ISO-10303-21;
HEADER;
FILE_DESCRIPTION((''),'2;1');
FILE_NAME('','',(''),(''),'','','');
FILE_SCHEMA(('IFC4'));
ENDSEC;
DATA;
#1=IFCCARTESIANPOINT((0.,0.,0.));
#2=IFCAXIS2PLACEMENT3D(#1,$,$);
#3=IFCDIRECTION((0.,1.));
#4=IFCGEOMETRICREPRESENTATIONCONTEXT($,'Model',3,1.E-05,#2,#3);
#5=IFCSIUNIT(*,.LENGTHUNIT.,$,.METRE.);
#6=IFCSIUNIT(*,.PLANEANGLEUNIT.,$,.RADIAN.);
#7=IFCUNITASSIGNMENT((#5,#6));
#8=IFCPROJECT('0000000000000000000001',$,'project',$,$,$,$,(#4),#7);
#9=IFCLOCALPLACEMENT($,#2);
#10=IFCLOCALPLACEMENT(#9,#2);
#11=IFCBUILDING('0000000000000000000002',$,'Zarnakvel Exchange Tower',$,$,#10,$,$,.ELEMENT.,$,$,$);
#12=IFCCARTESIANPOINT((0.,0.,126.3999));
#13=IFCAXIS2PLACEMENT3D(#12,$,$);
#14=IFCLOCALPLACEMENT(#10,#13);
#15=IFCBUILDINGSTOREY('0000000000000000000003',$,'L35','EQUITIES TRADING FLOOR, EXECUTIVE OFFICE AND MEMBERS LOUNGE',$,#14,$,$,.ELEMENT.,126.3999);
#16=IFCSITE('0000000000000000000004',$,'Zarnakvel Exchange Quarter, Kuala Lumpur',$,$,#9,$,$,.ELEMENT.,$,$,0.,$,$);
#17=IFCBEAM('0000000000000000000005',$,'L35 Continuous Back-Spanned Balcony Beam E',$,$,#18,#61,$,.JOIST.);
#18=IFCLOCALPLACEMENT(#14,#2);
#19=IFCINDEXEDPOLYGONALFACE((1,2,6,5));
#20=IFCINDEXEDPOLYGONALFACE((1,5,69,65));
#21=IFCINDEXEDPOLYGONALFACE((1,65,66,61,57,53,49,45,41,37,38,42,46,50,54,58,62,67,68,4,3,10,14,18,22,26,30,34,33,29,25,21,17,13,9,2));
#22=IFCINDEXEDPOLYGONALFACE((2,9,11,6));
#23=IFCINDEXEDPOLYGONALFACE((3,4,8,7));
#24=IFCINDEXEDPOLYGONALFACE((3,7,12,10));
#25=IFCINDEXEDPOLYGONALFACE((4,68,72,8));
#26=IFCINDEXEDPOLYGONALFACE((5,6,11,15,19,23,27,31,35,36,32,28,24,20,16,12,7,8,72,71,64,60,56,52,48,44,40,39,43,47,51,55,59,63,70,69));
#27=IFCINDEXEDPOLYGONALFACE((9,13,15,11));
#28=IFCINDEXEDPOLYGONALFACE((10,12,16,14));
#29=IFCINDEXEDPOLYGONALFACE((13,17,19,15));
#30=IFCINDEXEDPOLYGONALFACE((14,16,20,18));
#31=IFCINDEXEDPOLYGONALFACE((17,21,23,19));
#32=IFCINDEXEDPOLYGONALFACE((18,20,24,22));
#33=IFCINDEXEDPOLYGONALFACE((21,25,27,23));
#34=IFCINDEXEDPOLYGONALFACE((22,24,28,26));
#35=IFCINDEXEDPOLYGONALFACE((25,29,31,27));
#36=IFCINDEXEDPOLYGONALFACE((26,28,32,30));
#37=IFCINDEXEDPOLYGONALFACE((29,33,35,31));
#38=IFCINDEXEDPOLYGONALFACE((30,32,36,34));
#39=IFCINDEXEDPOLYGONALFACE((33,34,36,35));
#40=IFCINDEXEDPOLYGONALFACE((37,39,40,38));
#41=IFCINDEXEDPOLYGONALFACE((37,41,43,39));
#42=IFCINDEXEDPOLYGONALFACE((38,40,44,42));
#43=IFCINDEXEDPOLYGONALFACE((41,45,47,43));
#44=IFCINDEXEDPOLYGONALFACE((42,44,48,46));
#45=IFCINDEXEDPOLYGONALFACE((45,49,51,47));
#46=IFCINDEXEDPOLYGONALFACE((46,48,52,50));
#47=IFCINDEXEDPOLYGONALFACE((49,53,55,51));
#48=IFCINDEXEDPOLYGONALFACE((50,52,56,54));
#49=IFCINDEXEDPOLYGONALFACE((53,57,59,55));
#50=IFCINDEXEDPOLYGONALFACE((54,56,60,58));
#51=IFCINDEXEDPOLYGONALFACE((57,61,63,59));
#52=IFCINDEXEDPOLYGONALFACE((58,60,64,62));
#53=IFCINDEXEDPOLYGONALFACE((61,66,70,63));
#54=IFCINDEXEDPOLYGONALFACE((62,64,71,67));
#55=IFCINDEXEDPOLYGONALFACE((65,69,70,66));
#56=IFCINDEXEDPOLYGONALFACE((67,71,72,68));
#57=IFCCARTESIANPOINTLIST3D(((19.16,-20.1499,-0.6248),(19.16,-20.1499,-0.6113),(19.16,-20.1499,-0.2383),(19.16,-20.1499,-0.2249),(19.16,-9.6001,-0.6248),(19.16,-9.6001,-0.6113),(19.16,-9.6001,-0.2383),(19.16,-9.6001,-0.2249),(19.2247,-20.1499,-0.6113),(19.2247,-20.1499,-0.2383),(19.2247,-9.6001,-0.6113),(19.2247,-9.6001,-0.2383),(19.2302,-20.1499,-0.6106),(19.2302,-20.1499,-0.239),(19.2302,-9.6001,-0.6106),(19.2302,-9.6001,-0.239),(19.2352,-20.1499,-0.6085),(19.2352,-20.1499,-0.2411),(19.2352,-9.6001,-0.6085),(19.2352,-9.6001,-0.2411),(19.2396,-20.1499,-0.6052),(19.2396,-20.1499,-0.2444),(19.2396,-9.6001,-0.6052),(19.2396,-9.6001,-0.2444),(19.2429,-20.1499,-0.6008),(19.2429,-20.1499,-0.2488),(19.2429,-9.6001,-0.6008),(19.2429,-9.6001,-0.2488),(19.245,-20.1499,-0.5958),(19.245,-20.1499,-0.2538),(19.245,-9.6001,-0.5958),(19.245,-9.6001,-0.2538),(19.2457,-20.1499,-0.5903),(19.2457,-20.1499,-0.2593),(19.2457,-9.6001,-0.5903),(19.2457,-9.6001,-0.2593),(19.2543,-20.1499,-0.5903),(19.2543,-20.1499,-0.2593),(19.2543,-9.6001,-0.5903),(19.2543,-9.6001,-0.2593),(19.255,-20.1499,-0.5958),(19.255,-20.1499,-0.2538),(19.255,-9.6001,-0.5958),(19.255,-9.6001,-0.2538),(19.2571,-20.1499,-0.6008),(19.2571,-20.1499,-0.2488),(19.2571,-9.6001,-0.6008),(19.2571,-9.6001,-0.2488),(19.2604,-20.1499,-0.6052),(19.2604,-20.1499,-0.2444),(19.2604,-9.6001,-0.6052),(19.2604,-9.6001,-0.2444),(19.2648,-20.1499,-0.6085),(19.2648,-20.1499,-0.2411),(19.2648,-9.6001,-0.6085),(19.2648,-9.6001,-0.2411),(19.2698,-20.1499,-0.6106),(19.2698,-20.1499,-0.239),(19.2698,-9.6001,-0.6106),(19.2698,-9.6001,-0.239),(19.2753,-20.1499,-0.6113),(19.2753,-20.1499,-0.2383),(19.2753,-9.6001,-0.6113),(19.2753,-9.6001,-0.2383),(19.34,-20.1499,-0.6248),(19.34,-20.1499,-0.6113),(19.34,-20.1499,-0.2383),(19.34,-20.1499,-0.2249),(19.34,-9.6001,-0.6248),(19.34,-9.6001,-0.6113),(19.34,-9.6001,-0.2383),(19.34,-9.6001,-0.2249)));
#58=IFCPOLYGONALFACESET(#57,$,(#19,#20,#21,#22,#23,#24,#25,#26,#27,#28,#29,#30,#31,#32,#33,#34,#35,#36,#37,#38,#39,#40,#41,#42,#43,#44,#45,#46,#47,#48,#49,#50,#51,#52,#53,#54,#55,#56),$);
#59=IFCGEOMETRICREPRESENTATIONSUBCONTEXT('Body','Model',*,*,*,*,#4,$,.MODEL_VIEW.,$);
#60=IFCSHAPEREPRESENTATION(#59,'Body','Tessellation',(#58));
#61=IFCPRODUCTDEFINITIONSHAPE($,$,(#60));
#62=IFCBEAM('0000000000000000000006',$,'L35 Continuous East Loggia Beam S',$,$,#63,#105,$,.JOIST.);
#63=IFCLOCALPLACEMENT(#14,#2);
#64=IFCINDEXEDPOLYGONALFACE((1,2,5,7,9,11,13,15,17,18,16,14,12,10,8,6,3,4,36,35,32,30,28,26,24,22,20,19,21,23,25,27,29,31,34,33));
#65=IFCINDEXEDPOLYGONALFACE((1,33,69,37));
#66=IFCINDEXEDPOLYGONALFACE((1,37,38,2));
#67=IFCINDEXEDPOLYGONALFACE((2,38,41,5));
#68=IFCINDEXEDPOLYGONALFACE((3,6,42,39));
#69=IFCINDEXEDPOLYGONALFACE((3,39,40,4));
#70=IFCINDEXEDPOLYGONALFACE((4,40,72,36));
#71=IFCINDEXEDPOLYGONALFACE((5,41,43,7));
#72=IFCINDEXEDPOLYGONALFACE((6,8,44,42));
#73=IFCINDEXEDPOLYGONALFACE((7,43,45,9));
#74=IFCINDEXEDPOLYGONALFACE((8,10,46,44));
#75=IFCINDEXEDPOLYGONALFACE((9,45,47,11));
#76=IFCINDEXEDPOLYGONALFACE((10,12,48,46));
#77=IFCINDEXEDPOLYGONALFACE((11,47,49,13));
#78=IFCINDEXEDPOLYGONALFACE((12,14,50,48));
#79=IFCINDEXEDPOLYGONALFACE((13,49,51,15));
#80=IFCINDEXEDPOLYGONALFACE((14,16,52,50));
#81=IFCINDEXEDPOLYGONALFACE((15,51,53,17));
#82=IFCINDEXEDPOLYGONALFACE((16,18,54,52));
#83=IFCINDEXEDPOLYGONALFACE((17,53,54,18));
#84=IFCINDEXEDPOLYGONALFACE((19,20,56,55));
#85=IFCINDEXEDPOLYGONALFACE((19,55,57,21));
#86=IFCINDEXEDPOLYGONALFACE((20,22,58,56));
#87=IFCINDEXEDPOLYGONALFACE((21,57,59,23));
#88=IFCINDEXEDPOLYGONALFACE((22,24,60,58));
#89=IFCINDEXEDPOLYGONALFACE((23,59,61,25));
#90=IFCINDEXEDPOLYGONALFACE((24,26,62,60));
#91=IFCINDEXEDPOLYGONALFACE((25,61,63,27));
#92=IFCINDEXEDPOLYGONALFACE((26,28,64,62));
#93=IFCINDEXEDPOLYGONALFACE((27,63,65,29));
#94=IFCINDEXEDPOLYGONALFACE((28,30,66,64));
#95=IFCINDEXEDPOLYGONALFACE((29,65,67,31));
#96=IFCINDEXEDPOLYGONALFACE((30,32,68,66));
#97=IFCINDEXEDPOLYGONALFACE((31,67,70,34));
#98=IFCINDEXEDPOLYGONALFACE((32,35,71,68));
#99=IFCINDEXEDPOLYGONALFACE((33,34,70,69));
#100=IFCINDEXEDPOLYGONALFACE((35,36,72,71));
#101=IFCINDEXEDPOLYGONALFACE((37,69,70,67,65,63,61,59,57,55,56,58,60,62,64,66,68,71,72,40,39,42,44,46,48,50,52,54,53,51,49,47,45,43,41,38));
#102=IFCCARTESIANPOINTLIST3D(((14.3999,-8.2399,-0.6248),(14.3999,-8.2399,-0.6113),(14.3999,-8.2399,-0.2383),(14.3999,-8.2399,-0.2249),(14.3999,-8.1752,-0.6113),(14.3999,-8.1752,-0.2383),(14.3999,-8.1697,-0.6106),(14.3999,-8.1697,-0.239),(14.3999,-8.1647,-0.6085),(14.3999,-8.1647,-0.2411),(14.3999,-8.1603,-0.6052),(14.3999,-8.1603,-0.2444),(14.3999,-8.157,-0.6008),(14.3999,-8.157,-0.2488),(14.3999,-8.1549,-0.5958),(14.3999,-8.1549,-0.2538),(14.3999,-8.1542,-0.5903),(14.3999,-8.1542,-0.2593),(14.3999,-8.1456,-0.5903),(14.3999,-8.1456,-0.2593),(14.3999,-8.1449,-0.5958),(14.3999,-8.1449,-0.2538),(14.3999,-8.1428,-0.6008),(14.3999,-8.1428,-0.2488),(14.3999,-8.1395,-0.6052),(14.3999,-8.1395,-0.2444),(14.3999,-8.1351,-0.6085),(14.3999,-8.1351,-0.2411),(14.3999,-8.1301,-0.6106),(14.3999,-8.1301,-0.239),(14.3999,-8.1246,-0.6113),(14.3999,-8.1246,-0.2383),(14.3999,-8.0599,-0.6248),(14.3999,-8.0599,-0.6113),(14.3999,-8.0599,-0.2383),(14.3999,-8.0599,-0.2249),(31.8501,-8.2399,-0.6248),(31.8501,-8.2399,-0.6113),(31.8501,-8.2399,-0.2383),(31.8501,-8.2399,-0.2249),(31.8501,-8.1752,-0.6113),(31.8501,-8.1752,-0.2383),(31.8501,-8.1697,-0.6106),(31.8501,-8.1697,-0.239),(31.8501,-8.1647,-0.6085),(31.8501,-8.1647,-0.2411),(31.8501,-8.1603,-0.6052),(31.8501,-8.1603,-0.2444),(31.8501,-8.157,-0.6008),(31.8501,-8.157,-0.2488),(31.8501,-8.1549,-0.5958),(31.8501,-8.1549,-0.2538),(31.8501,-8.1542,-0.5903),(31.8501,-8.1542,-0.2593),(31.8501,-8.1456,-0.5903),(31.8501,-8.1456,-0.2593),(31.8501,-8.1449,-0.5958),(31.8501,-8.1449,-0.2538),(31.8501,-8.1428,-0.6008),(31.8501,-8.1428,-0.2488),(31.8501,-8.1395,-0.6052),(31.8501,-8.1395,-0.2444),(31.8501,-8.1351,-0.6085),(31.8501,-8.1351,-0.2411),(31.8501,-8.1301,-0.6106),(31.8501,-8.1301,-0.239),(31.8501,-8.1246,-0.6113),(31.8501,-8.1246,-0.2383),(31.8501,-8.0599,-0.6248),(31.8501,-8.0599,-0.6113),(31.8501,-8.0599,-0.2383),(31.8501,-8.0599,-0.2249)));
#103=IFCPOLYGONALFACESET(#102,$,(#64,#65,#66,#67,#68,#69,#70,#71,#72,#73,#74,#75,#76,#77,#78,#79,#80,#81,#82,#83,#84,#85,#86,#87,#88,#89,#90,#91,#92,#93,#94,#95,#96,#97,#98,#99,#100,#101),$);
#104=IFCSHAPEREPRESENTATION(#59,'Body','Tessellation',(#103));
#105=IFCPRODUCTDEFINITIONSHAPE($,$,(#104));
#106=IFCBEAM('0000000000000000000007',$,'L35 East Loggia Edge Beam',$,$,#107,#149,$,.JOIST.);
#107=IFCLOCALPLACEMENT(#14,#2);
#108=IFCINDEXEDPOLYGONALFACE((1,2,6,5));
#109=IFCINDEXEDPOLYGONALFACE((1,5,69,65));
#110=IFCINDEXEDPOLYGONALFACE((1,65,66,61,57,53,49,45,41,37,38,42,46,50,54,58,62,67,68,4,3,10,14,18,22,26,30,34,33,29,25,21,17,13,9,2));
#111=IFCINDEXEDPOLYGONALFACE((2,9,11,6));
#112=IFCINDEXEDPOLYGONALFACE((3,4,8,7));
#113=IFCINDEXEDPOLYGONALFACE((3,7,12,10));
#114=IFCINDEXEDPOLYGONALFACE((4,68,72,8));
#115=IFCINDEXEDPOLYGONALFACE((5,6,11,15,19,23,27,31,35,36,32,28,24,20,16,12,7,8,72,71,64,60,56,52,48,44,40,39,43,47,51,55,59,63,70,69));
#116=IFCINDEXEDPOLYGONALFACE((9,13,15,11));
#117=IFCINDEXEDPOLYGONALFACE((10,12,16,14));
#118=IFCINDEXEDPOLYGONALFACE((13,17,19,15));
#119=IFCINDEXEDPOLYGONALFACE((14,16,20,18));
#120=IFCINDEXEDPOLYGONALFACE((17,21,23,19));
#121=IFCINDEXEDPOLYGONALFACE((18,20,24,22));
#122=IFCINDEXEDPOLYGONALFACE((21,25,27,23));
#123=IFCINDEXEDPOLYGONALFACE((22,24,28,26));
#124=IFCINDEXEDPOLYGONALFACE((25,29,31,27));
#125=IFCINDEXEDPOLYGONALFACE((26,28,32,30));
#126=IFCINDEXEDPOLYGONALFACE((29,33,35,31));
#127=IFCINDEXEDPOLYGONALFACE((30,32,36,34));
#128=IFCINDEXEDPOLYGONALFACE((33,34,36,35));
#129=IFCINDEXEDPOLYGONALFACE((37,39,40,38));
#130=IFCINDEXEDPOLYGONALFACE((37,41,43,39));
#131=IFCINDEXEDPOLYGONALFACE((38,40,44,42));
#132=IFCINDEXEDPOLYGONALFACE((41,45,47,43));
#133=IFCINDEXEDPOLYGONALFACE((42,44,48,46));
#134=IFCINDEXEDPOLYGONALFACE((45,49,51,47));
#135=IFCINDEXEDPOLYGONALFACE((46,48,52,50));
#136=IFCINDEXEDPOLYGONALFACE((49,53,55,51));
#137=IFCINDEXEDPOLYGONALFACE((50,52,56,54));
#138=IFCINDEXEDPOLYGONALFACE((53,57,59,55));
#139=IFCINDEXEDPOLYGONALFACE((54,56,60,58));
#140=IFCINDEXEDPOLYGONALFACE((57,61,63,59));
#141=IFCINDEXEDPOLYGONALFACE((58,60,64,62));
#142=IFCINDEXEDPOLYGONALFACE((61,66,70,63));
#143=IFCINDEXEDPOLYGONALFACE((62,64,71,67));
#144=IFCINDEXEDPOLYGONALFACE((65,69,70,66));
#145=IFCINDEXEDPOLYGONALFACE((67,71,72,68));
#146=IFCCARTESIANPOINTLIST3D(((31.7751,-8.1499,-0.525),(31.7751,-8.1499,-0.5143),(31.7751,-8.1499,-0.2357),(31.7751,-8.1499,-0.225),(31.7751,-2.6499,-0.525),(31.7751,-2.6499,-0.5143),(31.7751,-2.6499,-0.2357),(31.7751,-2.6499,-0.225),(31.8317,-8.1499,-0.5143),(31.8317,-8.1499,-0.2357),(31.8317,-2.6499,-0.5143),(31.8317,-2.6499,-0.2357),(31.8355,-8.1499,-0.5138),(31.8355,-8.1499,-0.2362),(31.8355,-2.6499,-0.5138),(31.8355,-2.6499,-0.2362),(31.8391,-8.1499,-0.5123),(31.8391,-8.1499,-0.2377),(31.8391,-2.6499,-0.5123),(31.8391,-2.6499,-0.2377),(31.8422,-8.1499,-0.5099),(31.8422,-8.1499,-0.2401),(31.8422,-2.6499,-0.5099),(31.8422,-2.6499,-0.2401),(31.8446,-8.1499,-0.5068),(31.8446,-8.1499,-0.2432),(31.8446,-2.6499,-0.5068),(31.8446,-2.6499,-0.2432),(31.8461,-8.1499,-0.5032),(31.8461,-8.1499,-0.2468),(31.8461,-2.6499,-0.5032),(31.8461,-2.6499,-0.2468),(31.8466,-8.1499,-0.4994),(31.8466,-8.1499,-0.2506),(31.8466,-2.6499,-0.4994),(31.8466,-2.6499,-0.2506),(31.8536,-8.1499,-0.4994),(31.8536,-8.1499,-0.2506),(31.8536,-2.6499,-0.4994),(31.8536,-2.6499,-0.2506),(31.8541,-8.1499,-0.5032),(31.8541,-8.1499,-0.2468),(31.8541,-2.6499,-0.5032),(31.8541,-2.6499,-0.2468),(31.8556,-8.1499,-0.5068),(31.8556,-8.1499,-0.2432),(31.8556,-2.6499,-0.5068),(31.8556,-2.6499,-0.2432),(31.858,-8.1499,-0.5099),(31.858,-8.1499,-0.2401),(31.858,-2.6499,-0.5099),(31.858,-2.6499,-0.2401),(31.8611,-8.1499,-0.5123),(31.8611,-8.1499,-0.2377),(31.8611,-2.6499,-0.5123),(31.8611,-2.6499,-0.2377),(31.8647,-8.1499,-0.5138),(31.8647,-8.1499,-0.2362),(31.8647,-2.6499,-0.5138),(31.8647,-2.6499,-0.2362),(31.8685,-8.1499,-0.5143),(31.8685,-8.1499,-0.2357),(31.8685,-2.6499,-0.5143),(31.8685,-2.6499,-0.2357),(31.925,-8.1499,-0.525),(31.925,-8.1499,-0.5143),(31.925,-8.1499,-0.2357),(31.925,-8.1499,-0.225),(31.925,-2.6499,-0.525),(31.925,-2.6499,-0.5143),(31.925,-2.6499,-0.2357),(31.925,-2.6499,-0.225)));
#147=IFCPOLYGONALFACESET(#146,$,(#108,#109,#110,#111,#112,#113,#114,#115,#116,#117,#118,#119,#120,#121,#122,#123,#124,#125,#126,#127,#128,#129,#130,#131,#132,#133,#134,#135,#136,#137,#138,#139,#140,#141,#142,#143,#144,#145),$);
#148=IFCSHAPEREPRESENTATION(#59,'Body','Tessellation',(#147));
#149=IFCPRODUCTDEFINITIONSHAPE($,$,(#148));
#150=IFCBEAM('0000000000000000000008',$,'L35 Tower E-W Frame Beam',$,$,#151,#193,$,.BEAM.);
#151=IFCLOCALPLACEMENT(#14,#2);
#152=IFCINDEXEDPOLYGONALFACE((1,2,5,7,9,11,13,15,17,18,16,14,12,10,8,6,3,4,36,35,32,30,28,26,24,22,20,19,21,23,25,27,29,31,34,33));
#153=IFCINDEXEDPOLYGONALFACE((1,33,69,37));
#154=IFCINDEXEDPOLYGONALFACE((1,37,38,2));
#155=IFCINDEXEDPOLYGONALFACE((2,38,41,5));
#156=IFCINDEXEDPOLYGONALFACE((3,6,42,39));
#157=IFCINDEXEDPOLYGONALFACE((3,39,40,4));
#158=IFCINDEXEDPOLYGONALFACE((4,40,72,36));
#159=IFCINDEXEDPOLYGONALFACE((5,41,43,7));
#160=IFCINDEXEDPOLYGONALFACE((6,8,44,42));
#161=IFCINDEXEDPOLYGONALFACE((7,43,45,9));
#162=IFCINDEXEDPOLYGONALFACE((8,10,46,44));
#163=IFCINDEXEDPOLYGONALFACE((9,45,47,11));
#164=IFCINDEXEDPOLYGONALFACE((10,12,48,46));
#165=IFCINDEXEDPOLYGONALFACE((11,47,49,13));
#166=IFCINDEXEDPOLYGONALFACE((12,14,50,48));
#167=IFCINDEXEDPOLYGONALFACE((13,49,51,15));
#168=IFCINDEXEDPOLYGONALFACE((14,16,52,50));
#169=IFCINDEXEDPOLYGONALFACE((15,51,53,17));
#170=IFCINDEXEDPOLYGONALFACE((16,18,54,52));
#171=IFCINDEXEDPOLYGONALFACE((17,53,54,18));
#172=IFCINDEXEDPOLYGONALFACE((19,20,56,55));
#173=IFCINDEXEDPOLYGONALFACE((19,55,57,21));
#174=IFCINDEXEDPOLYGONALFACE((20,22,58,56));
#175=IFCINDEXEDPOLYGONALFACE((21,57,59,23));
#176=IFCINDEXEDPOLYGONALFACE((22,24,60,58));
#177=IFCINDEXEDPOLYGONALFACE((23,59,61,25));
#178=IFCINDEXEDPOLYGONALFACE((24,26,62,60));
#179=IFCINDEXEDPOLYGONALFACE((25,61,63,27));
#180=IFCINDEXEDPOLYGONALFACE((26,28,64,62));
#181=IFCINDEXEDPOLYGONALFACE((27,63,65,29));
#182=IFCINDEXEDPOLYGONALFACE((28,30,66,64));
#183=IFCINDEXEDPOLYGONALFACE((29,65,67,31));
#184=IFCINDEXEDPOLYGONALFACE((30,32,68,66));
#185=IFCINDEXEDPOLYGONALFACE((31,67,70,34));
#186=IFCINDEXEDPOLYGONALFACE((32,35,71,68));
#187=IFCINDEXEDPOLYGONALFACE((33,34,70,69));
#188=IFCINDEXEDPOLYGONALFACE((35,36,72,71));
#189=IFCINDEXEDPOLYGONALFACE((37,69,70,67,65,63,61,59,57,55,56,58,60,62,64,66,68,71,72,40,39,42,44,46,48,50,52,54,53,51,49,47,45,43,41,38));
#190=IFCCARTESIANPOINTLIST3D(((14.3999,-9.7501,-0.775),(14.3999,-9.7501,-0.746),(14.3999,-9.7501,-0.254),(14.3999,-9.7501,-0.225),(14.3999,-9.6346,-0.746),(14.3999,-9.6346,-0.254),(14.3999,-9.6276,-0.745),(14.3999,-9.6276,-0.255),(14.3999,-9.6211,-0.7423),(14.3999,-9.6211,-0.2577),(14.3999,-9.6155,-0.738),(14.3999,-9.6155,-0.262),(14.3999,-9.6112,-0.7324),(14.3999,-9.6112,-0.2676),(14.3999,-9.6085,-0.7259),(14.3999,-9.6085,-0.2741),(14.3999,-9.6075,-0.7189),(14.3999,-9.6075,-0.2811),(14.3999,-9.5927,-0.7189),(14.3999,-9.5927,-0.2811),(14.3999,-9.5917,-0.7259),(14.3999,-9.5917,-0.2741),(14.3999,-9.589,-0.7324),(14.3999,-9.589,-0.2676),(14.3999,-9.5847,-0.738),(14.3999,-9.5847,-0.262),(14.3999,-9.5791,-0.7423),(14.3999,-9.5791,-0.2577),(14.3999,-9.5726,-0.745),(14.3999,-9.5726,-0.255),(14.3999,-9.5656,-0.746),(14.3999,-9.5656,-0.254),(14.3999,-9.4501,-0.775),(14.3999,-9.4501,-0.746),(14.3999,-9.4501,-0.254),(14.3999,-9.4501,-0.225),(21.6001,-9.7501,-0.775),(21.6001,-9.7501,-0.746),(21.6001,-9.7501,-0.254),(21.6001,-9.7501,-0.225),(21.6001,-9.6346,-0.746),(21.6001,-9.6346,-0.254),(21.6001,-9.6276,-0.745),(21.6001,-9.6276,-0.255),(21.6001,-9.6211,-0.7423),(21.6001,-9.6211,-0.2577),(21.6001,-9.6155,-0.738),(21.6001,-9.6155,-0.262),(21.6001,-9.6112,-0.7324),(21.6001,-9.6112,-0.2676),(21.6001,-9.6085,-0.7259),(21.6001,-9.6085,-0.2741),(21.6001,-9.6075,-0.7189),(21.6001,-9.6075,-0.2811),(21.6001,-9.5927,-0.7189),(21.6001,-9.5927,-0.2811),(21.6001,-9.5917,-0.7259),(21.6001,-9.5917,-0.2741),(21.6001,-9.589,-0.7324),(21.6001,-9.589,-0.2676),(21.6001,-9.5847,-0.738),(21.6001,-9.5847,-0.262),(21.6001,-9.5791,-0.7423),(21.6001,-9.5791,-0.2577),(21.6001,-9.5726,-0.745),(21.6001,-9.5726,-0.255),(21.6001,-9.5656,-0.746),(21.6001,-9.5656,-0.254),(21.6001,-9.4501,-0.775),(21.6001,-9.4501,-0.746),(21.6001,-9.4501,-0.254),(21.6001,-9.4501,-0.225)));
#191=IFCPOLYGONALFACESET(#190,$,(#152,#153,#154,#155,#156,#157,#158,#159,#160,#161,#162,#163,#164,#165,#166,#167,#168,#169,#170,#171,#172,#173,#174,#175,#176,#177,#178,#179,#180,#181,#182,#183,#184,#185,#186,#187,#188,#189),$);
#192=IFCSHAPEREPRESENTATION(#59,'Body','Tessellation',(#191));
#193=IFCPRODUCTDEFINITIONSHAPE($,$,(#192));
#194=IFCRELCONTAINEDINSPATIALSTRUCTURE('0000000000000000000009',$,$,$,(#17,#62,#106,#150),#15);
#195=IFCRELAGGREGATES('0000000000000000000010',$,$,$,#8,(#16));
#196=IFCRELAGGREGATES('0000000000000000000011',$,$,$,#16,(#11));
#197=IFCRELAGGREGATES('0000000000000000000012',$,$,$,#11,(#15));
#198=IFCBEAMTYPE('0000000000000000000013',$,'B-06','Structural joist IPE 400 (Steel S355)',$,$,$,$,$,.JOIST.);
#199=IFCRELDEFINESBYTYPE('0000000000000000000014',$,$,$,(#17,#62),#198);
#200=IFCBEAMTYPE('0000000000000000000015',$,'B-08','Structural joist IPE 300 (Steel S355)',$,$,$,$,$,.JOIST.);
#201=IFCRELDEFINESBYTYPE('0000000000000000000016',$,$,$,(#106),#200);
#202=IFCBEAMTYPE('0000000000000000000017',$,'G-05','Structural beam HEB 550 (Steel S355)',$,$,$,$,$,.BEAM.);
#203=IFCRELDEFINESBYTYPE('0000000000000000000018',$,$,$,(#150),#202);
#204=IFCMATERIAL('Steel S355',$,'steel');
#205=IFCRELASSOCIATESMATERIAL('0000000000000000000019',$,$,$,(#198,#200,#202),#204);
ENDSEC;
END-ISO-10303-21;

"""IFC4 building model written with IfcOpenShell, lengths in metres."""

from ifc_helpers import new_model, si_unit, direction, frame, origin, origin_2d, place, context, subcontext, project, spatial, i_section, extrude, material, material_profile, profile_set, type_object, element, save


model = new_model("IFC4")

# Units and contexts
model_context = context("Model", 3, precision=1e-05, world=origin(), true_north=direction((0.0, 1.0)))
body_context = subcontext(model_context, "Body", "Model", "MODEL_VIEW")
ifc_project = project(units=[si_unit("LENGTHUNIT", "METRE"), si_unit("PLANEANGLEUNIT", "RADIAN")], contexts=[model_context])

# Site, building, storey
site_placement = place(None, origin())
site = spatial("IfcSite", under=ifc_project, at=site_placement, Name="Zarnakvel Exchange Quarter, Kuala Lumpur", CompositionType="ELEMENT", RefElevation=0.0)
building_placement = place(site_placement, origin())
building = spatial("IfcBuilding", under=site, at=building_placement, Name="Zarnakvel Exchange Tower", CompositionType="ELEMENT")
storey_placement = place(building_placement, frame((0.0, 0.0, 126.3999)))
storey = spatial("IfcBuildingStorey", under=building, at=storey_placement, Name="L35", Description="EQUITIES TRADING FLOOR, EXECUTIVE OFFICE AND MEMBERS LOUNGE", CompositionType="ELEMENT", Elevation=126.3999)

# Shared definitions
ifc_material_1 = material(Name="Steel S355", Category="steel")

# Beams
ifc_material_profile_1 = material_profile(ifc_material_1, i_section(OverallWidth=0.1799, OverallDepth=0.3999, WebThickness=0.0085, FlangeThickness=0.0134, FilletRadius=0.021, at=origin_2d()))
ifc_profile_set_1 = profile_set([ifc_material_profile_1], Name="Steel S355")
beam_type_1 = type_object("IfcBeamType", Name="B-06", Description="Structural joist IPE 400 (Steel S355)", PredefinedType="JOIST", material=ifc_profile_set_1)
beam_1_placement = place(storey_placement, frame((19.25, -9.6001, -0.4248), z_axis=(0.0, -1.0, 0.0), x_axis=(1.0, 0.0, 0.0)))
element("IfcBeam", 1, at=beam_1_placement, inside=storey, type_object=beam_type_1, Name="L35 Continuous Back-Spanned Balcony Beam E", PredefinedType="JOIST", context=body_context, shape_type="SweptSolid", body=[
    extrude(i_section(OverallWidth=0.1799, OverallDepth=0.3999, WebThickness=0.0085, FlangeThickness=0.0134, FilletRadius=0.021, at=origin_2d()), origin(), (0.0, 0.0, 1.0), 10.5498),
])
beam_2_placement = place(storey_placement, frame((14.3999, -8.1499, -0.4248), z_axis=(1.0, 0.0, 0.0), x_axis=(0.0, 1.0, 0.0)))
element("IfcBeam", 2, at=beam_2_placement, inside=storey, type_object=beam_type_1, Name="L35 Continuous East Loggia Beam S", PredefinedType="JOIST", context=body_context, shape_type="SweptSolid", body=[
    extrude(i_section(OverallWidth=0.1799, OverallDepth=0.3999, WebThickness=0.0085, FlangeThickness=0.0134, FilletRadius=0.021, at=origin_2d()), origin(), (0.0, 0.0, 1.0), 17.4502),
])
ifc_material_profile_2 = material_profile(ifc_material_1, i_section(OverallWidth=0.1499, OverallDepth=0.3, WebThickness=0.0071, FlangeThickness=0.0107, FilletRadius=0.0149, at=origin_2d()))
ifc_profile_set_2 = profile_set([ifc_material_profile_2], Name="Steel S355")
beam_type_2 = type_object("IfcBeamType", Name="B-08", Description="Structural joist IPE 300 (Steel S355)", PredefinedType="JOIST", material=ifc_profile_set_2)
beam_3_placement = place(storey_placement, frame((31.8501, -8.1499, -0.375), z_axis=(0.0, 1.0, 0.0), x_axis=(-1.0, 0.0, 0.0)))
element("IfcBeam", 3, at=beam_3_placement, inside=storey, type_object=beam_type_2, Name="L35 East Loggia Edge Beam", PredefinedType="JOIST", context=body_context, shape_type="SweptSolid", body=[
    extrude(i_section(OverallWidth=0.1499, OverallDepth=0.3, WebThickness=0.0071, FlangeThickness=0.0107, FilletRadius=0.0149, at=origin_2d()), origin(), (0.0, 0.0, 1.0), 5.5),
])
ifc_material_profile_3 = material_profile(ifc_material_1, i_section(OverallWidth=0.3, OverallDepth=0.55, WebThickness=0.0149, FlangeThickness=0.0291, FilletRadius=0.0271, at=origin_2d()))
ifc_profile_set_3 = profile_set([ifc_material_profile_3], Name="Steel S355")
beam_type_3 = type_object("IfcBeamType", Name="G-05", Description="Structural beam HEB 550 (Steel S355)", PredefinedType="BEAM", material=ifc_profile_set_3)
beam_4_placement = place(storey_placement, frame((14.3999, -9.6001, -0.5), z_axis=(1.0, 0.0, 0.0), x_axis=(0.0, 1.0, 0.0)))
element("IfcBeam", 4, at=beam_4_placement, inside=storey, type_object=beam_type_3, Name="L35 Tower E-W Frame Beam", PredefinedType="BEAM", context=body_context, shape_type="SweptSolid", body=[
    extrude(i_section(OverallWidth=0.3, OverallDepth=0.55, WebThickness=0.0149, FlangeThickness=0.0291, FilletRadius=0.0271, at=origin_2d()), origin(), (0.0, 0.0, 1.0), 7.2002),
])

save(model, "model.ifc")
